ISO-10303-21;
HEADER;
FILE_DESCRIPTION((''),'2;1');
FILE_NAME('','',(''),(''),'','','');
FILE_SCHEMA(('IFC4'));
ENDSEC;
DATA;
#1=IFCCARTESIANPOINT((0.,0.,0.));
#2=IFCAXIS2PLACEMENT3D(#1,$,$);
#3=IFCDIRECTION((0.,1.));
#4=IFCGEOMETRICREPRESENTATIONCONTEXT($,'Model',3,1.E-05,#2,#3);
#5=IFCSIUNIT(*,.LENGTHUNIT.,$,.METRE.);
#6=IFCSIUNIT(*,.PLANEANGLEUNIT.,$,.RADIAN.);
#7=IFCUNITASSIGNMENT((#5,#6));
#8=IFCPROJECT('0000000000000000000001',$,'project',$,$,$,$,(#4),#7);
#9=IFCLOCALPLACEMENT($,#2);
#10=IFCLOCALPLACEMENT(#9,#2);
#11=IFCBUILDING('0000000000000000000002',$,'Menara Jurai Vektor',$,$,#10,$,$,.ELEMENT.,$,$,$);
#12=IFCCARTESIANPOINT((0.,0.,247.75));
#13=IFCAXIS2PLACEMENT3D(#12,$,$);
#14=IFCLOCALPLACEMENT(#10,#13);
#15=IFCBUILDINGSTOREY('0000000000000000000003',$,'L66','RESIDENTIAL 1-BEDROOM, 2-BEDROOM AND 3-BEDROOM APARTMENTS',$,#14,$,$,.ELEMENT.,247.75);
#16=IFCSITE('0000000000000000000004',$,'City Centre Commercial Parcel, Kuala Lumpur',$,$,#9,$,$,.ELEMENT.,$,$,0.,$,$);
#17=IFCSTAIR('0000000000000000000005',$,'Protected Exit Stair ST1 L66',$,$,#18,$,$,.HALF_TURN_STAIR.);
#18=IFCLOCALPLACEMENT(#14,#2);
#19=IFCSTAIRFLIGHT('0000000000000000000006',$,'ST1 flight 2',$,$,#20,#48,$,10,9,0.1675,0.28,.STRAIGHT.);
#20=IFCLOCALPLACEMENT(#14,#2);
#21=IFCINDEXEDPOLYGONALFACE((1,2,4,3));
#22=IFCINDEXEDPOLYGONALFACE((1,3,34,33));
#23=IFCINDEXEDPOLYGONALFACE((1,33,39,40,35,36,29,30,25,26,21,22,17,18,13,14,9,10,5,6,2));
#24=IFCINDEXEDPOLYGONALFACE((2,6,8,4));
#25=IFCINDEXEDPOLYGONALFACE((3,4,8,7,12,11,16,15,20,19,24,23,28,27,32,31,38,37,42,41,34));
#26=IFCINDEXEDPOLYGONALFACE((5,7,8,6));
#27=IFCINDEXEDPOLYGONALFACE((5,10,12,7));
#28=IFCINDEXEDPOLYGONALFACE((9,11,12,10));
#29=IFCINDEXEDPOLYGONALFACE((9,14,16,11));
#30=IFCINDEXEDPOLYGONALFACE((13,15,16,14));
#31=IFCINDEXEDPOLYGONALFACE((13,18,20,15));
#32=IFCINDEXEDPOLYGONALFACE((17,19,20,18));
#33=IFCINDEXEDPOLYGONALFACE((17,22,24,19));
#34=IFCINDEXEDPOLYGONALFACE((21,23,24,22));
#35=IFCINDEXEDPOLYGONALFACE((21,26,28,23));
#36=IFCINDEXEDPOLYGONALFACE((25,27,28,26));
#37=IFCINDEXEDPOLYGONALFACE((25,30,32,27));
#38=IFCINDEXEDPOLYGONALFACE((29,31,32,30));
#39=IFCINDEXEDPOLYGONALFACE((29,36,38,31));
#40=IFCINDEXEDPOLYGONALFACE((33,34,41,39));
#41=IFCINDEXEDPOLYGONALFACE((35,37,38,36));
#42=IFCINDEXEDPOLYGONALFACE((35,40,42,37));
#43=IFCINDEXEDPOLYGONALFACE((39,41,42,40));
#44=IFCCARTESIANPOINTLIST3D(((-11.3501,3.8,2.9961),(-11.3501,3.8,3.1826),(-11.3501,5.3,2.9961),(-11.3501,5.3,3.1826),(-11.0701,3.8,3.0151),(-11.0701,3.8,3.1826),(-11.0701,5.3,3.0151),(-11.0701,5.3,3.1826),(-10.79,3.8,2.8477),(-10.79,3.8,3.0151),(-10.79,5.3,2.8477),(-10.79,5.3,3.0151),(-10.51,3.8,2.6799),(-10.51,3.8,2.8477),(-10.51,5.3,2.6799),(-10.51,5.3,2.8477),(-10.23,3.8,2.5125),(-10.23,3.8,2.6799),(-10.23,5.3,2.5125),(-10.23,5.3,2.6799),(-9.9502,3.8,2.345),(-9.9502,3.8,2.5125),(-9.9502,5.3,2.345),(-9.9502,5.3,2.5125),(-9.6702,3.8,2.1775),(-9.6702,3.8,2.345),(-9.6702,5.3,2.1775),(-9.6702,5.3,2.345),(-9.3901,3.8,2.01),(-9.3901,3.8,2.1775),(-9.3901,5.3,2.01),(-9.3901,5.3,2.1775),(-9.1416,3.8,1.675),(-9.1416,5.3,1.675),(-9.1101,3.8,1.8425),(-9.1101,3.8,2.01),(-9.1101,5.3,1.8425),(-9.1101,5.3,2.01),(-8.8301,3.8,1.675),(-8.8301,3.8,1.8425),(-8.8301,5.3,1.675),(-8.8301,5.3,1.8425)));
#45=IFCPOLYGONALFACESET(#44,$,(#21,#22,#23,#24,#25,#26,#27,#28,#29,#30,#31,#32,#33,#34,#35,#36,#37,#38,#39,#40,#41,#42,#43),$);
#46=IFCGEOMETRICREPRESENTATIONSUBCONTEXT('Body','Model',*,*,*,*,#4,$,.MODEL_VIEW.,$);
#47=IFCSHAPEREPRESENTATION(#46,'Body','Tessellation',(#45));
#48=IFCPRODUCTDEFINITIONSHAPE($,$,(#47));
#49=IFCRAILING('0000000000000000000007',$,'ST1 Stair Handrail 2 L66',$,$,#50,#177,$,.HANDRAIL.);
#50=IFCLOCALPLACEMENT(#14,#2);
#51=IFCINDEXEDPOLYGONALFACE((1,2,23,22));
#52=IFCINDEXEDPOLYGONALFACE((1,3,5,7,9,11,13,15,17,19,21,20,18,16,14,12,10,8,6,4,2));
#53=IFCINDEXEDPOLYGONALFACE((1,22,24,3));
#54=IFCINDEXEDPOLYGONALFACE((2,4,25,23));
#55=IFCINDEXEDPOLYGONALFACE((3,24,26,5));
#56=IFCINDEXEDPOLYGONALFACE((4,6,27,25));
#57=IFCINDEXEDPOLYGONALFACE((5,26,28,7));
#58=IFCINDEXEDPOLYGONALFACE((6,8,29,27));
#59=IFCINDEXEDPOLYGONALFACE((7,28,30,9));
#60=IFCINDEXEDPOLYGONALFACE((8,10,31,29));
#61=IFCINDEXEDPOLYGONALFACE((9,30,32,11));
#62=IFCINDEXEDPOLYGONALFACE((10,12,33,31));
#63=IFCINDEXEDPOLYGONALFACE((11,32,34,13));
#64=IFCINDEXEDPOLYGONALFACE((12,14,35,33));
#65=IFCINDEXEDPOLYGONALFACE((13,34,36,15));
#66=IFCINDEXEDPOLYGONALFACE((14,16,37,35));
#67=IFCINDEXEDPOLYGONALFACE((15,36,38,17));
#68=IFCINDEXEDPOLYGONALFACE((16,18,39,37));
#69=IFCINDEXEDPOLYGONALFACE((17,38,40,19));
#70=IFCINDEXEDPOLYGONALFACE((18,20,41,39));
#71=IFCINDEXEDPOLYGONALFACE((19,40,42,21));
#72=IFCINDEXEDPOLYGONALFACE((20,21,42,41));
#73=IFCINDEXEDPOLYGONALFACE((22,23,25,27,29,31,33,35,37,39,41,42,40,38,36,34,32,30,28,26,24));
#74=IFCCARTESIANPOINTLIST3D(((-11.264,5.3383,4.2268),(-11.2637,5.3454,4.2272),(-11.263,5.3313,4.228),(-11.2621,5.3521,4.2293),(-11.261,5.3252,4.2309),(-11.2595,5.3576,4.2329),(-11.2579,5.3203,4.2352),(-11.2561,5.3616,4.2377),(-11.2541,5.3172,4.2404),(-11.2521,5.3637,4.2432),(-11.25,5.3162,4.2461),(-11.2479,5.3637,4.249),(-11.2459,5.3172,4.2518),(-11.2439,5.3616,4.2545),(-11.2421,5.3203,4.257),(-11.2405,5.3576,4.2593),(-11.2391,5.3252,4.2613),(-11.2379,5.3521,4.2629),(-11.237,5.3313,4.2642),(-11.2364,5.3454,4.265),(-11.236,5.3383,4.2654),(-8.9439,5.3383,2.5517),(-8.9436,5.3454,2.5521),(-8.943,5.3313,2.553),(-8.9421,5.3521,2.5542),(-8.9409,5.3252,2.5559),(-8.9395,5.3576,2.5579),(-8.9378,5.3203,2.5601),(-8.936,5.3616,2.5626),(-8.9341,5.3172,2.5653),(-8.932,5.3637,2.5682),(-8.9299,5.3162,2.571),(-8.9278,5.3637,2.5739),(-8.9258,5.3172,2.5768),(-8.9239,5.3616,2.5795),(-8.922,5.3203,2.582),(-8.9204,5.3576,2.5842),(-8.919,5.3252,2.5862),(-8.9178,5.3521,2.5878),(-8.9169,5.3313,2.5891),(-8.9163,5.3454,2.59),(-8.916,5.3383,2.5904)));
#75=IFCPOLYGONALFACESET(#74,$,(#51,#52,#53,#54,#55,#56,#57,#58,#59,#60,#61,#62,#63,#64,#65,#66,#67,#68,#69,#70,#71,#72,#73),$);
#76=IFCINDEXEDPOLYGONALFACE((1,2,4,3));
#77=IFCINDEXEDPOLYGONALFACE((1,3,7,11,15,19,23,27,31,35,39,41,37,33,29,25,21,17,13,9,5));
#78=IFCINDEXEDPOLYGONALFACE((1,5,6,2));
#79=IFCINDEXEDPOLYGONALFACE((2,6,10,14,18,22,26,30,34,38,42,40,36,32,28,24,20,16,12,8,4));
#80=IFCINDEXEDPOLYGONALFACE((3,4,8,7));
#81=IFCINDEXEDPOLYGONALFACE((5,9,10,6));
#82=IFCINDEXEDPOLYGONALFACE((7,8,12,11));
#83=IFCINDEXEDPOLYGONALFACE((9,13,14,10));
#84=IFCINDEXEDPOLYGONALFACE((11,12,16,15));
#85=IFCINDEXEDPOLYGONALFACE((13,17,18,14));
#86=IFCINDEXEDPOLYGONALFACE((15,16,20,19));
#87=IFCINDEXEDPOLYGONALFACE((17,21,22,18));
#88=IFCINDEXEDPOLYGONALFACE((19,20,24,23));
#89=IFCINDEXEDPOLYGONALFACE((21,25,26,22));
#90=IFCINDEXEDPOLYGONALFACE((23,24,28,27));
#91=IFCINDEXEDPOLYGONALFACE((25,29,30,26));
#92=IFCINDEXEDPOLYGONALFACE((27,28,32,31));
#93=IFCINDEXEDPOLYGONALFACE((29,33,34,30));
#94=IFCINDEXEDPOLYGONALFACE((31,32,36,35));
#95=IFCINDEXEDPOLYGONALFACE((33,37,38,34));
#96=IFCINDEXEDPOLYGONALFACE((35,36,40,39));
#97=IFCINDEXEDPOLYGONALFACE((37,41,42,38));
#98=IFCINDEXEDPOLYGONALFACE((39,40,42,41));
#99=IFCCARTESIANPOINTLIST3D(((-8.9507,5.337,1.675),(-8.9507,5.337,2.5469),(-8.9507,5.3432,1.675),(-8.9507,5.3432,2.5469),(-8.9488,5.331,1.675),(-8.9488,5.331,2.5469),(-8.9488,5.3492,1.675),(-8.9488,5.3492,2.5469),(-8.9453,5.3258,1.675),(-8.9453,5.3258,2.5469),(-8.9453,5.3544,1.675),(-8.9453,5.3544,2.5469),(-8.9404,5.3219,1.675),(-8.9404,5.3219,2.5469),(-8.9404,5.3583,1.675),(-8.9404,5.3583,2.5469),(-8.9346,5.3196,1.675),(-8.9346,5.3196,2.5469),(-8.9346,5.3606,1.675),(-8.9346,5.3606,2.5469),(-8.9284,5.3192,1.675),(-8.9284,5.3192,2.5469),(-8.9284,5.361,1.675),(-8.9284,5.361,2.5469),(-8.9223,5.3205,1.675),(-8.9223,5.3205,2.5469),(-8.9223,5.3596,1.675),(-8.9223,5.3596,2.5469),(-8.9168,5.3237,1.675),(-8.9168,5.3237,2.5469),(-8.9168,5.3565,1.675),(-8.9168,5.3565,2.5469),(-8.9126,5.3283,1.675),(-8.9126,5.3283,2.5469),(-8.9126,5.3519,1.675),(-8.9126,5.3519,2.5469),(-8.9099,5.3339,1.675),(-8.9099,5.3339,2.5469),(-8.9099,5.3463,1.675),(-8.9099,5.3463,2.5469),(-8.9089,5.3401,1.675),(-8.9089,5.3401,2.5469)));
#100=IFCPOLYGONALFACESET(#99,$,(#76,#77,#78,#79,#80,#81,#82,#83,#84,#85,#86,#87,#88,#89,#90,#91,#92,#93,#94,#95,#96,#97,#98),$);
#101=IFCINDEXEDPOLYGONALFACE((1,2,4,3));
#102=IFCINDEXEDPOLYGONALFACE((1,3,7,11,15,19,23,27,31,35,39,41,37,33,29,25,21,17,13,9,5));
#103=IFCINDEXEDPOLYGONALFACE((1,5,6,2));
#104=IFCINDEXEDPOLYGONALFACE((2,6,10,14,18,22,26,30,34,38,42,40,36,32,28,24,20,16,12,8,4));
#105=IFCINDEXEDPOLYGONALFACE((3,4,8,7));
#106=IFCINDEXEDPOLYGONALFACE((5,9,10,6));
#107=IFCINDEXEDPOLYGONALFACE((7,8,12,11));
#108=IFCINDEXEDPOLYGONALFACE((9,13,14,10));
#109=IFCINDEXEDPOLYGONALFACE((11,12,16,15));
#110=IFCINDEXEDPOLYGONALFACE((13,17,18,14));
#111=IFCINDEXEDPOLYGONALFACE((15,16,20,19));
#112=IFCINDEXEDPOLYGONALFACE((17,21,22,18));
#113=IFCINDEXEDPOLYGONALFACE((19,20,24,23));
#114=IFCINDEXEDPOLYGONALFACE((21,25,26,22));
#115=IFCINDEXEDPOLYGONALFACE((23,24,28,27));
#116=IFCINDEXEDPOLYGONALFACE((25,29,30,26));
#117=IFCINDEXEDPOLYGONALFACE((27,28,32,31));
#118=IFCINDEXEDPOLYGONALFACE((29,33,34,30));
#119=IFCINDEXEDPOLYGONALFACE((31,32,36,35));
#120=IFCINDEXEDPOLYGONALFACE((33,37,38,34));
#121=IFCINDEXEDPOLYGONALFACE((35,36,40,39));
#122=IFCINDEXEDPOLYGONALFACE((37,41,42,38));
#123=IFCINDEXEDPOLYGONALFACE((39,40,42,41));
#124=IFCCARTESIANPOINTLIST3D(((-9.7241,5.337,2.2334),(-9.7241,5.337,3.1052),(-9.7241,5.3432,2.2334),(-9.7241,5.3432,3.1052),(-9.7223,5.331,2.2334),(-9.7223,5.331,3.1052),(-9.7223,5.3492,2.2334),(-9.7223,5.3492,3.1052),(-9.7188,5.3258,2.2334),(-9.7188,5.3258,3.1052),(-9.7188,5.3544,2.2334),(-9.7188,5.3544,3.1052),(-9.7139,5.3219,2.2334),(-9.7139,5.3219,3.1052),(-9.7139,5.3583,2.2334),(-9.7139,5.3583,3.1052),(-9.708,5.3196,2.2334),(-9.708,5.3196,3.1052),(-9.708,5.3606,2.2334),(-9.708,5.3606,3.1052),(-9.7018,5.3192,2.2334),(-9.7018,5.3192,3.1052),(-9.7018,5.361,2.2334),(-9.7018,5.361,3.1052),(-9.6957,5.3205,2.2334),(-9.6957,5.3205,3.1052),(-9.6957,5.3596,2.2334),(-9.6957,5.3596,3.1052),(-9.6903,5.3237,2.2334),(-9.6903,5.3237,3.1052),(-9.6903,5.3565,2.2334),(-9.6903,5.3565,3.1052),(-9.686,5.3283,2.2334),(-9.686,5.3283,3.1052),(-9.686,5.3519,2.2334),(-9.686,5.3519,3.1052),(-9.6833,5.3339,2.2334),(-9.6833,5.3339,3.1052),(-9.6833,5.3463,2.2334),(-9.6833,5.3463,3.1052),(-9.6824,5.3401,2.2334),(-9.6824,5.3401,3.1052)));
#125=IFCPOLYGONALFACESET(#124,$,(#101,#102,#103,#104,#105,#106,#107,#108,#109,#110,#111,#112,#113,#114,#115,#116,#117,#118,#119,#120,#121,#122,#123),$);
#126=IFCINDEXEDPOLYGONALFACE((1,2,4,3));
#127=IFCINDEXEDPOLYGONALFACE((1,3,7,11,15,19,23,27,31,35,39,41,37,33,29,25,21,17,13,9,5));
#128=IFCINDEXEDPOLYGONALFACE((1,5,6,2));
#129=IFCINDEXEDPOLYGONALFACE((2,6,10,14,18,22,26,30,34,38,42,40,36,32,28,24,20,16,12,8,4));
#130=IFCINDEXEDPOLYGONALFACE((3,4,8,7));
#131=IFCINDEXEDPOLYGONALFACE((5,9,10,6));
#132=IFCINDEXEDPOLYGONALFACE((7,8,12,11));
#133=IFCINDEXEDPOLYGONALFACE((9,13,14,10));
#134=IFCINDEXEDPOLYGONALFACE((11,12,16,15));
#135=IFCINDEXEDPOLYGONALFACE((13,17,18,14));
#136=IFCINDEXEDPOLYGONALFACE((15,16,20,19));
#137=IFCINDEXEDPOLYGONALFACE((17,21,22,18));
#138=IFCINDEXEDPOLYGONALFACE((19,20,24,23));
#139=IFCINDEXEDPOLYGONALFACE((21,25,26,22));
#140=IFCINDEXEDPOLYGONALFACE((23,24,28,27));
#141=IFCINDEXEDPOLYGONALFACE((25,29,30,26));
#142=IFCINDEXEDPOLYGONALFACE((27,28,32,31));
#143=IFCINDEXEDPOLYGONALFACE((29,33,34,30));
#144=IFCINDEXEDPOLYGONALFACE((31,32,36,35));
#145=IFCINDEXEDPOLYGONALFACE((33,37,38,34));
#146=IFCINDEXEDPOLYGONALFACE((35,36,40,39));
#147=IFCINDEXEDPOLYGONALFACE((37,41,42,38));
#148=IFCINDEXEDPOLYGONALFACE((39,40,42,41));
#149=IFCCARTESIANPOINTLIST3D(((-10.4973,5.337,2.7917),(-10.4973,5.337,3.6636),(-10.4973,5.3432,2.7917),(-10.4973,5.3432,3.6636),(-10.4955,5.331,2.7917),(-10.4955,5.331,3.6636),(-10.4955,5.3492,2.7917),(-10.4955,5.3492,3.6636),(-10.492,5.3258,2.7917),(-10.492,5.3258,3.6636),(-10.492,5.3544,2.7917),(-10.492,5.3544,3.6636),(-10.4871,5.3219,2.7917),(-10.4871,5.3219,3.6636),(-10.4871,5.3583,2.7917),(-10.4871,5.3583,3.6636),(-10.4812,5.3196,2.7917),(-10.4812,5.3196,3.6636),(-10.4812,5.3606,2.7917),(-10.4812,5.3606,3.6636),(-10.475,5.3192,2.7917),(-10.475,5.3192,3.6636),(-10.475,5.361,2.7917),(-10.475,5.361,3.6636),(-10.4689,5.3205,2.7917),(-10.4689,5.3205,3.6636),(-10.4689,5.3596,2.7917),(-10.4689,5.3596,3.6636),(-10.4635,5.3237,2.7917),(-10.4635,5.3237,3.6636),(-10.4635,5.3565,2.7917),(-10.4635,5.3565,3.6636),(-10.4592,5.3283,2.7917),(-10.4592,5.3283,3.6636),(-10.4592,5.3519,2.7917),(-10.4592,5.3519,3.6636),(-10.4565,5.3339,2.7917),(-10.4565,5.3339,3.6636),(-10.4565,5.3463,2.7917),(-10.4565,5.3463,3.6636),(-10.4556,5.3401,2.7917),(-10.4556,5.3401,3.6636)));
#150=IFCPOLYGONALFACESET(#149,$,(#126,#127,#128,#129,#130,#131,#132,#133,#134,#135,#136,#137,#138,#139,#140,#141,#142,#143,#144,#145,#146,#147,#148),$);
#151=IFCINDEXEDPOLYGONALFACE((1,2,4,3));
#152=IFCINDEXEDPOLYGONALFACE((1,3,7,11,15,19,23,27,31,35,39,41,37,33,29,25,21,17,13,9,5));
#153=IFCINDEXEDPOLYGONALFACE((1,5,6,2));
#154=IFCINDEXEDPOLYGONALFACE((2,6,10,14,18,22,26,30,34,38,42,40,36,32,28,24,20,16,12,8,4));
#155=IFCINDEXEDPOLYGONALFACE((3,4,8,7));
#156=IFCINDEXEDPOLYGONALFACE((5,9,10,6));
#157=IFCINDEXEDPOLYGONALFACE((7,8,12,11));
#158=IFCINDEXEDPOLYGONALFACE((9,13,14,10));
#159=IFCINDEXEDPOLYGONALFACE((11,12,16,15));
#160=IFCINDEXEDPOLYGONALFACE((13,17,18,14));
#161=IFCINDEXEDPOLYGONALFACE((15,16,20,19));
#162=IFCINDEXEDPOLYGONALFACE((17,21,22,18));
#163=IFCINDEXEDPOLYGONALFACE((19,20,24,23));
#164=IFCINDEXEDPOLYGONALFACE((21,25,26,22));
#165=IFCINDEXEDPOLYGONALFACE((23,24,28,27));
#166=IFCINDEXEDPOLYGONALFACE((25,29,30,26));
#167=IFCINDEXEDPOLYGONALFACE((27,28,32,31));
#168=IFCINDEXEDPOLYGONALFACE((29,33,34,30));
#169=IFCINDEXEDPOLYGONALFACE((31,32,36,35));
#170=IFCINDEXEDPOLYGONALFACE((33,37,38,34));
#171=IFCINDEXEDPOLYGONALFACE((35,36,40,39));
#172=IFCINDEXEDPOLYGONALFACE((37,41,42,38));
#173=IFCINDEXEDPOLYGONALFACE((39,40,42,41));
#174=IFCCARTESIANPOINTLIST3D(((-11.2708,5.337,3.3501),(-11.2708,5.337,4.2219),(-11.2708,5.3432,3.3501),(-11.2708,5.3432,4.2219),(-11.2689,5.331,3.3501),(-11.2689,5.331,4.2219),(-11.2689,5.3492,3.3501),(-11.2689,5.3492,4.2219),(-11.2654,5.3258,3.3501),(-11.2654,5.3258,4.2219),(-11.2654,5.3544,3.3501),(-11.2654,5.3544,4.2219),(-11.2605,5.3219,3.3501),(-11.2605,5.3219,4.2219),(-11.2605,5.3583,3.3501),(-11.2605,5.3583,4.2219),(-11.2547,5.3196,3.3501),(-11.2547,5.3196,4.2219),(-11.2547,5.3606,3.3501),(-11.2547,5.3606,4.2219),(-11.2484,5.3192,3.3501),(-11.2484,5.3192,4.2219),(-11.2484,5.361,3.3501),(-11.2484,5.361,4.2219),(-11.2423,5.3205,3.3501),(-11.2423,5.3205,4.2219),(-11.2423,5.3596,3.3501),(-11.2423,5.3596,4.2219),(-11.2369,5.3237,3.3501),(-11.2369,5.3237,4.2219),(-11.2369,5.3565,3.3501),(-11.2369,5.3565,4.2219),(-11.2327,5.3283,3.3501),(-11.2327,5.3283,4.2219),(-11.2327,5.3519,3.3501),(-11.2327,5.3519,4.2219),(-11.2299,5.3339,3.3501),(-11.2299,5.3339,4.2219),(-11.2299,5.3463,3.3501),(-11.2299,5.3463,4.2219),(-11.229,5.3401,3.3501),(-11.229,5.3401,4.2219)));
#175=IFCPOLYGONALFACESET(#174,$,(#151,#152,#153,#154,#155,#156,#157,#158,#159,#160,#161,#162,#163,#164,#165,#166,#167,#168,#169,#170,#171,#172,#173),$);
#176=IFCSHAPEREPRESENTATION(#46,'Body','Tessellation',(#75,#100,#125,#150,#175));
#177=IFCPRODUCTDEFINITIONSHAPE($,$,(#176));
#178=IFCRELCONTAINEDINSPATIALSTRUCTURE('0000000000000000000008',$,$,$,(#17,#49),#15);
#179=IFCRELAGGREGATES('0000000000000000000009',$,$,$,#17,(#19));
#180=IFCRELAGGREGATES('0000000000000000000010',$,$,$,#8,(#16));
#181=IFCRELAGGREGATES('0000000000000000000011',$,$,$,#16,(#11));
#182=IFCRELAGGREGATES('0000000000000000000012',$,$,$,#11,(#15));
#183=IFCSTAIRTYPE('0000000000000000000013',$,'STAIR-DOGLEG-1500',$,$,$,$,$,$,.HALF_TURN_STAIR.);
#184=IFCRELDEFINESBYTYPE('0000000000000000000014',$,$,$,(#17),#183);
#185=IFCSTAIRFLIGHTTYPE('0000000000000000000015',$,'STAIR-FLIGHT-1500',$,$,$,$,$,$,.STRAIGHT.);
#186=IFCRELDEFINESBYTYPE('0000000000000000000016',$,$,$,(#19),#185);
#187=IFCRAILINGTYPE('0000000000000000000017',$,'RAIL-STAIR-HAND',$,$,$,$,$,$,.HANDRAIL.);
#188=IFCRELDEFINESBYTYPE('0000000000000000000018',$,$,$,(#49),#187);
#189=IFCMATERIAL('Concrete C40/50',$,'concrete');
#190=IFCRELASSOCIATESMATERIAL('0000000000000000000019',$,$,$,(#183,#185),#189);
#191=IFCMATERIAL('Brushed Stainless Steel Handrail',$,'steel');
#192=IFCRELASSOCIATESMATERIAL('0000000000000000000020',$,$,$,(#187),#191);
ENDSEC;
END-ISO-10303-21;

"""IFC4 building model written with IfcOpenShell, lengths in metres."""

from ifc_helpers import new_model, si_unit, direction, frame, origin, origin_2d, place, context, subcontext, project, spatial, polyline, circle, outline, extrude, material, type_object, element, aggregate, save


model = new_model("IFC4")

# Units and contexts
model_context = context("Model", 3, precision=1e-05, world=origin(), true_north=direction((0.0, 1.0)))
body_context = subcontext(model_context, "Body", "Model", "MODEL_VIEW")
ifc_project = project(units=[si_unit("LENGTHUNIT", "METRE"), si_unit("PLANEANGLEUNIT", "RADIAN")], contexts=[model_context])

# Site, building, storey
site_placement = place(None, origin())
site = spatial("IfcSite", under=ifc_project, at=site_placement, Name="City Centre Commercial Parcel, Kuala Lumpur", CompositionType="ELEMENT", RefElevation=0.0)
building_placement = place(site_placement, origin())
building = spatial("IfcBuilding", under=site, at=building_placement, Name="Menara Jurai Vektor", CompositionType="ELEMENT")
storey_placement = place(building_placement, frame((0.0, 0.0, 247.75)))
storey = spatial("IfcBuildingStorey", under=building, at=storey_placement, Name="L66", Description="RESIDENTIAL 1-BEDROOM, 2-BEDROOM AND 3-BEDROOM APARTMENTS", CompositionType="ELEMENT", Elevation=247.75)

# Shared definitions
ifc_material_1 = material(Name="Concrete C40/50", Category="concrete")

# Stair, stair flight
stair_type = type_object("IfcStairType", Name="STAIR-DOGLEG-1500", PredefinedType="HALF_TURN_STAIR", material=ifc_material_1)
stair_placement = place(storey_placement, origin())
stair = element("IfcStair", 1, at=stair_placement, inside=storey, type_object=stair_type, Name="Protected Exit Stair ST1 L66", PredefinedType="HALF_TURN_STAIR")
stair_flight_type = type_object("IfcStairFlightType", Name="STAIR-FLIGHT-1500", PredefinedType="STRAIGHT", material=ifc_material_1)
stair_flight_placement = place(storey_placement, frame((-8.8301, 4.55, 1.675), z_axis=(0.0, 0.0, 1.0), x_axis=(-1.0, 0.0, 0.0)))
stair_flight = element("IfcStairFlight", 2, at=stair_flight_placement, type_object=stair_flight_type, Name="ST1 flight 2", NumberOfRisers=10, NumberOfTreads=9, PredefinedType="STRAIGHT", RiserHeight=0.1675, TreadLength=0.28, context=body_context, shape_type="SweptSolid", body=[
    extrude(outline(polyline([(0.0, 0.0), (0.0, 0.1675), (0.28, 0.1675), (0.28, 0.335), (0.5601, 0.335), (0.5601, 0.5024), (0.8401, 0.5024), (0.8401, 0.6699), (1.1201, 0.6699), (1.1201, 0.8374), (1.3999, 0.8374), (1.3999, 1.0049), (1.6799, 1.0049), (1.6799, 1.1726), (1.96, 1.1726), (1.96, 1.3401), (2.24, 1.3401), (2.24, 1.5076), (2.52, 1.5076), (2.52, 1.675), (2.52, 1.321), (0.3115, 0.0), (0.0, 0.0)])), frame((0.0, 0.75, 0.0), z_axis=(0.0, -1.0, 0.0), x_axis=(1.0, 0.0, 0.0)), (0.0, 0.0, 1.0), 1.5),
])
aggregate(stair, [stair_flight])

# Railing
ifc_material_2 = material(Name="Brushed Stainless Steel Handrail", Category="steel")
railing_type = type_object("IfcRailingType", Name="RAIL-STAIR-HAND", PredefinedType="HANDRAIL", material=ifc_material_2)
railing_placement = place(storey_placement, frame((-8.9299, 5.3401, 1.675)))
element("IfcRailing", 3, at=railing_placement, inside=storey, type_object=railing_type, Name="ST1 Stair Handrail 2 L66", PredefinedType="HANDRAIL", context=body_context, shape_type="SweptSolid", body=[
    extrude(circle(Radius=0.0239, at=origin_2d()), frame((0.0, 0.0, 0.896), z_axis=(-0.810771, 0.0, 0.585363), x_axis=(0.0, -1.0, 0.0)), (0.0, 0.0, 1.0), 2.8616),
    extrude(circle(Radius=0.021, at=origin_2d()), origin(), (0.0, 0.0, 1.0), 0.8718),
    extrude(circle(Radius=0.021, at=origin_2d()), frame((-0.7734, 0.0, 0.5583)), (0.0, 0.0, 1.0), 0.8718),
    extrude(circle(Radius=0.021, at=origin_2d()), frame((-1.5466, 0.0, 1.1167)), (0.0, 0.0, 1.0), 0.8718),
    extrude(circle(Radius=0.021, at=origin_2d()), frame((-2.3201, 0.0, 1.675)), (0.0, 0.0, 1.0), 0.8718),
])

save(model, "model.ifc")
